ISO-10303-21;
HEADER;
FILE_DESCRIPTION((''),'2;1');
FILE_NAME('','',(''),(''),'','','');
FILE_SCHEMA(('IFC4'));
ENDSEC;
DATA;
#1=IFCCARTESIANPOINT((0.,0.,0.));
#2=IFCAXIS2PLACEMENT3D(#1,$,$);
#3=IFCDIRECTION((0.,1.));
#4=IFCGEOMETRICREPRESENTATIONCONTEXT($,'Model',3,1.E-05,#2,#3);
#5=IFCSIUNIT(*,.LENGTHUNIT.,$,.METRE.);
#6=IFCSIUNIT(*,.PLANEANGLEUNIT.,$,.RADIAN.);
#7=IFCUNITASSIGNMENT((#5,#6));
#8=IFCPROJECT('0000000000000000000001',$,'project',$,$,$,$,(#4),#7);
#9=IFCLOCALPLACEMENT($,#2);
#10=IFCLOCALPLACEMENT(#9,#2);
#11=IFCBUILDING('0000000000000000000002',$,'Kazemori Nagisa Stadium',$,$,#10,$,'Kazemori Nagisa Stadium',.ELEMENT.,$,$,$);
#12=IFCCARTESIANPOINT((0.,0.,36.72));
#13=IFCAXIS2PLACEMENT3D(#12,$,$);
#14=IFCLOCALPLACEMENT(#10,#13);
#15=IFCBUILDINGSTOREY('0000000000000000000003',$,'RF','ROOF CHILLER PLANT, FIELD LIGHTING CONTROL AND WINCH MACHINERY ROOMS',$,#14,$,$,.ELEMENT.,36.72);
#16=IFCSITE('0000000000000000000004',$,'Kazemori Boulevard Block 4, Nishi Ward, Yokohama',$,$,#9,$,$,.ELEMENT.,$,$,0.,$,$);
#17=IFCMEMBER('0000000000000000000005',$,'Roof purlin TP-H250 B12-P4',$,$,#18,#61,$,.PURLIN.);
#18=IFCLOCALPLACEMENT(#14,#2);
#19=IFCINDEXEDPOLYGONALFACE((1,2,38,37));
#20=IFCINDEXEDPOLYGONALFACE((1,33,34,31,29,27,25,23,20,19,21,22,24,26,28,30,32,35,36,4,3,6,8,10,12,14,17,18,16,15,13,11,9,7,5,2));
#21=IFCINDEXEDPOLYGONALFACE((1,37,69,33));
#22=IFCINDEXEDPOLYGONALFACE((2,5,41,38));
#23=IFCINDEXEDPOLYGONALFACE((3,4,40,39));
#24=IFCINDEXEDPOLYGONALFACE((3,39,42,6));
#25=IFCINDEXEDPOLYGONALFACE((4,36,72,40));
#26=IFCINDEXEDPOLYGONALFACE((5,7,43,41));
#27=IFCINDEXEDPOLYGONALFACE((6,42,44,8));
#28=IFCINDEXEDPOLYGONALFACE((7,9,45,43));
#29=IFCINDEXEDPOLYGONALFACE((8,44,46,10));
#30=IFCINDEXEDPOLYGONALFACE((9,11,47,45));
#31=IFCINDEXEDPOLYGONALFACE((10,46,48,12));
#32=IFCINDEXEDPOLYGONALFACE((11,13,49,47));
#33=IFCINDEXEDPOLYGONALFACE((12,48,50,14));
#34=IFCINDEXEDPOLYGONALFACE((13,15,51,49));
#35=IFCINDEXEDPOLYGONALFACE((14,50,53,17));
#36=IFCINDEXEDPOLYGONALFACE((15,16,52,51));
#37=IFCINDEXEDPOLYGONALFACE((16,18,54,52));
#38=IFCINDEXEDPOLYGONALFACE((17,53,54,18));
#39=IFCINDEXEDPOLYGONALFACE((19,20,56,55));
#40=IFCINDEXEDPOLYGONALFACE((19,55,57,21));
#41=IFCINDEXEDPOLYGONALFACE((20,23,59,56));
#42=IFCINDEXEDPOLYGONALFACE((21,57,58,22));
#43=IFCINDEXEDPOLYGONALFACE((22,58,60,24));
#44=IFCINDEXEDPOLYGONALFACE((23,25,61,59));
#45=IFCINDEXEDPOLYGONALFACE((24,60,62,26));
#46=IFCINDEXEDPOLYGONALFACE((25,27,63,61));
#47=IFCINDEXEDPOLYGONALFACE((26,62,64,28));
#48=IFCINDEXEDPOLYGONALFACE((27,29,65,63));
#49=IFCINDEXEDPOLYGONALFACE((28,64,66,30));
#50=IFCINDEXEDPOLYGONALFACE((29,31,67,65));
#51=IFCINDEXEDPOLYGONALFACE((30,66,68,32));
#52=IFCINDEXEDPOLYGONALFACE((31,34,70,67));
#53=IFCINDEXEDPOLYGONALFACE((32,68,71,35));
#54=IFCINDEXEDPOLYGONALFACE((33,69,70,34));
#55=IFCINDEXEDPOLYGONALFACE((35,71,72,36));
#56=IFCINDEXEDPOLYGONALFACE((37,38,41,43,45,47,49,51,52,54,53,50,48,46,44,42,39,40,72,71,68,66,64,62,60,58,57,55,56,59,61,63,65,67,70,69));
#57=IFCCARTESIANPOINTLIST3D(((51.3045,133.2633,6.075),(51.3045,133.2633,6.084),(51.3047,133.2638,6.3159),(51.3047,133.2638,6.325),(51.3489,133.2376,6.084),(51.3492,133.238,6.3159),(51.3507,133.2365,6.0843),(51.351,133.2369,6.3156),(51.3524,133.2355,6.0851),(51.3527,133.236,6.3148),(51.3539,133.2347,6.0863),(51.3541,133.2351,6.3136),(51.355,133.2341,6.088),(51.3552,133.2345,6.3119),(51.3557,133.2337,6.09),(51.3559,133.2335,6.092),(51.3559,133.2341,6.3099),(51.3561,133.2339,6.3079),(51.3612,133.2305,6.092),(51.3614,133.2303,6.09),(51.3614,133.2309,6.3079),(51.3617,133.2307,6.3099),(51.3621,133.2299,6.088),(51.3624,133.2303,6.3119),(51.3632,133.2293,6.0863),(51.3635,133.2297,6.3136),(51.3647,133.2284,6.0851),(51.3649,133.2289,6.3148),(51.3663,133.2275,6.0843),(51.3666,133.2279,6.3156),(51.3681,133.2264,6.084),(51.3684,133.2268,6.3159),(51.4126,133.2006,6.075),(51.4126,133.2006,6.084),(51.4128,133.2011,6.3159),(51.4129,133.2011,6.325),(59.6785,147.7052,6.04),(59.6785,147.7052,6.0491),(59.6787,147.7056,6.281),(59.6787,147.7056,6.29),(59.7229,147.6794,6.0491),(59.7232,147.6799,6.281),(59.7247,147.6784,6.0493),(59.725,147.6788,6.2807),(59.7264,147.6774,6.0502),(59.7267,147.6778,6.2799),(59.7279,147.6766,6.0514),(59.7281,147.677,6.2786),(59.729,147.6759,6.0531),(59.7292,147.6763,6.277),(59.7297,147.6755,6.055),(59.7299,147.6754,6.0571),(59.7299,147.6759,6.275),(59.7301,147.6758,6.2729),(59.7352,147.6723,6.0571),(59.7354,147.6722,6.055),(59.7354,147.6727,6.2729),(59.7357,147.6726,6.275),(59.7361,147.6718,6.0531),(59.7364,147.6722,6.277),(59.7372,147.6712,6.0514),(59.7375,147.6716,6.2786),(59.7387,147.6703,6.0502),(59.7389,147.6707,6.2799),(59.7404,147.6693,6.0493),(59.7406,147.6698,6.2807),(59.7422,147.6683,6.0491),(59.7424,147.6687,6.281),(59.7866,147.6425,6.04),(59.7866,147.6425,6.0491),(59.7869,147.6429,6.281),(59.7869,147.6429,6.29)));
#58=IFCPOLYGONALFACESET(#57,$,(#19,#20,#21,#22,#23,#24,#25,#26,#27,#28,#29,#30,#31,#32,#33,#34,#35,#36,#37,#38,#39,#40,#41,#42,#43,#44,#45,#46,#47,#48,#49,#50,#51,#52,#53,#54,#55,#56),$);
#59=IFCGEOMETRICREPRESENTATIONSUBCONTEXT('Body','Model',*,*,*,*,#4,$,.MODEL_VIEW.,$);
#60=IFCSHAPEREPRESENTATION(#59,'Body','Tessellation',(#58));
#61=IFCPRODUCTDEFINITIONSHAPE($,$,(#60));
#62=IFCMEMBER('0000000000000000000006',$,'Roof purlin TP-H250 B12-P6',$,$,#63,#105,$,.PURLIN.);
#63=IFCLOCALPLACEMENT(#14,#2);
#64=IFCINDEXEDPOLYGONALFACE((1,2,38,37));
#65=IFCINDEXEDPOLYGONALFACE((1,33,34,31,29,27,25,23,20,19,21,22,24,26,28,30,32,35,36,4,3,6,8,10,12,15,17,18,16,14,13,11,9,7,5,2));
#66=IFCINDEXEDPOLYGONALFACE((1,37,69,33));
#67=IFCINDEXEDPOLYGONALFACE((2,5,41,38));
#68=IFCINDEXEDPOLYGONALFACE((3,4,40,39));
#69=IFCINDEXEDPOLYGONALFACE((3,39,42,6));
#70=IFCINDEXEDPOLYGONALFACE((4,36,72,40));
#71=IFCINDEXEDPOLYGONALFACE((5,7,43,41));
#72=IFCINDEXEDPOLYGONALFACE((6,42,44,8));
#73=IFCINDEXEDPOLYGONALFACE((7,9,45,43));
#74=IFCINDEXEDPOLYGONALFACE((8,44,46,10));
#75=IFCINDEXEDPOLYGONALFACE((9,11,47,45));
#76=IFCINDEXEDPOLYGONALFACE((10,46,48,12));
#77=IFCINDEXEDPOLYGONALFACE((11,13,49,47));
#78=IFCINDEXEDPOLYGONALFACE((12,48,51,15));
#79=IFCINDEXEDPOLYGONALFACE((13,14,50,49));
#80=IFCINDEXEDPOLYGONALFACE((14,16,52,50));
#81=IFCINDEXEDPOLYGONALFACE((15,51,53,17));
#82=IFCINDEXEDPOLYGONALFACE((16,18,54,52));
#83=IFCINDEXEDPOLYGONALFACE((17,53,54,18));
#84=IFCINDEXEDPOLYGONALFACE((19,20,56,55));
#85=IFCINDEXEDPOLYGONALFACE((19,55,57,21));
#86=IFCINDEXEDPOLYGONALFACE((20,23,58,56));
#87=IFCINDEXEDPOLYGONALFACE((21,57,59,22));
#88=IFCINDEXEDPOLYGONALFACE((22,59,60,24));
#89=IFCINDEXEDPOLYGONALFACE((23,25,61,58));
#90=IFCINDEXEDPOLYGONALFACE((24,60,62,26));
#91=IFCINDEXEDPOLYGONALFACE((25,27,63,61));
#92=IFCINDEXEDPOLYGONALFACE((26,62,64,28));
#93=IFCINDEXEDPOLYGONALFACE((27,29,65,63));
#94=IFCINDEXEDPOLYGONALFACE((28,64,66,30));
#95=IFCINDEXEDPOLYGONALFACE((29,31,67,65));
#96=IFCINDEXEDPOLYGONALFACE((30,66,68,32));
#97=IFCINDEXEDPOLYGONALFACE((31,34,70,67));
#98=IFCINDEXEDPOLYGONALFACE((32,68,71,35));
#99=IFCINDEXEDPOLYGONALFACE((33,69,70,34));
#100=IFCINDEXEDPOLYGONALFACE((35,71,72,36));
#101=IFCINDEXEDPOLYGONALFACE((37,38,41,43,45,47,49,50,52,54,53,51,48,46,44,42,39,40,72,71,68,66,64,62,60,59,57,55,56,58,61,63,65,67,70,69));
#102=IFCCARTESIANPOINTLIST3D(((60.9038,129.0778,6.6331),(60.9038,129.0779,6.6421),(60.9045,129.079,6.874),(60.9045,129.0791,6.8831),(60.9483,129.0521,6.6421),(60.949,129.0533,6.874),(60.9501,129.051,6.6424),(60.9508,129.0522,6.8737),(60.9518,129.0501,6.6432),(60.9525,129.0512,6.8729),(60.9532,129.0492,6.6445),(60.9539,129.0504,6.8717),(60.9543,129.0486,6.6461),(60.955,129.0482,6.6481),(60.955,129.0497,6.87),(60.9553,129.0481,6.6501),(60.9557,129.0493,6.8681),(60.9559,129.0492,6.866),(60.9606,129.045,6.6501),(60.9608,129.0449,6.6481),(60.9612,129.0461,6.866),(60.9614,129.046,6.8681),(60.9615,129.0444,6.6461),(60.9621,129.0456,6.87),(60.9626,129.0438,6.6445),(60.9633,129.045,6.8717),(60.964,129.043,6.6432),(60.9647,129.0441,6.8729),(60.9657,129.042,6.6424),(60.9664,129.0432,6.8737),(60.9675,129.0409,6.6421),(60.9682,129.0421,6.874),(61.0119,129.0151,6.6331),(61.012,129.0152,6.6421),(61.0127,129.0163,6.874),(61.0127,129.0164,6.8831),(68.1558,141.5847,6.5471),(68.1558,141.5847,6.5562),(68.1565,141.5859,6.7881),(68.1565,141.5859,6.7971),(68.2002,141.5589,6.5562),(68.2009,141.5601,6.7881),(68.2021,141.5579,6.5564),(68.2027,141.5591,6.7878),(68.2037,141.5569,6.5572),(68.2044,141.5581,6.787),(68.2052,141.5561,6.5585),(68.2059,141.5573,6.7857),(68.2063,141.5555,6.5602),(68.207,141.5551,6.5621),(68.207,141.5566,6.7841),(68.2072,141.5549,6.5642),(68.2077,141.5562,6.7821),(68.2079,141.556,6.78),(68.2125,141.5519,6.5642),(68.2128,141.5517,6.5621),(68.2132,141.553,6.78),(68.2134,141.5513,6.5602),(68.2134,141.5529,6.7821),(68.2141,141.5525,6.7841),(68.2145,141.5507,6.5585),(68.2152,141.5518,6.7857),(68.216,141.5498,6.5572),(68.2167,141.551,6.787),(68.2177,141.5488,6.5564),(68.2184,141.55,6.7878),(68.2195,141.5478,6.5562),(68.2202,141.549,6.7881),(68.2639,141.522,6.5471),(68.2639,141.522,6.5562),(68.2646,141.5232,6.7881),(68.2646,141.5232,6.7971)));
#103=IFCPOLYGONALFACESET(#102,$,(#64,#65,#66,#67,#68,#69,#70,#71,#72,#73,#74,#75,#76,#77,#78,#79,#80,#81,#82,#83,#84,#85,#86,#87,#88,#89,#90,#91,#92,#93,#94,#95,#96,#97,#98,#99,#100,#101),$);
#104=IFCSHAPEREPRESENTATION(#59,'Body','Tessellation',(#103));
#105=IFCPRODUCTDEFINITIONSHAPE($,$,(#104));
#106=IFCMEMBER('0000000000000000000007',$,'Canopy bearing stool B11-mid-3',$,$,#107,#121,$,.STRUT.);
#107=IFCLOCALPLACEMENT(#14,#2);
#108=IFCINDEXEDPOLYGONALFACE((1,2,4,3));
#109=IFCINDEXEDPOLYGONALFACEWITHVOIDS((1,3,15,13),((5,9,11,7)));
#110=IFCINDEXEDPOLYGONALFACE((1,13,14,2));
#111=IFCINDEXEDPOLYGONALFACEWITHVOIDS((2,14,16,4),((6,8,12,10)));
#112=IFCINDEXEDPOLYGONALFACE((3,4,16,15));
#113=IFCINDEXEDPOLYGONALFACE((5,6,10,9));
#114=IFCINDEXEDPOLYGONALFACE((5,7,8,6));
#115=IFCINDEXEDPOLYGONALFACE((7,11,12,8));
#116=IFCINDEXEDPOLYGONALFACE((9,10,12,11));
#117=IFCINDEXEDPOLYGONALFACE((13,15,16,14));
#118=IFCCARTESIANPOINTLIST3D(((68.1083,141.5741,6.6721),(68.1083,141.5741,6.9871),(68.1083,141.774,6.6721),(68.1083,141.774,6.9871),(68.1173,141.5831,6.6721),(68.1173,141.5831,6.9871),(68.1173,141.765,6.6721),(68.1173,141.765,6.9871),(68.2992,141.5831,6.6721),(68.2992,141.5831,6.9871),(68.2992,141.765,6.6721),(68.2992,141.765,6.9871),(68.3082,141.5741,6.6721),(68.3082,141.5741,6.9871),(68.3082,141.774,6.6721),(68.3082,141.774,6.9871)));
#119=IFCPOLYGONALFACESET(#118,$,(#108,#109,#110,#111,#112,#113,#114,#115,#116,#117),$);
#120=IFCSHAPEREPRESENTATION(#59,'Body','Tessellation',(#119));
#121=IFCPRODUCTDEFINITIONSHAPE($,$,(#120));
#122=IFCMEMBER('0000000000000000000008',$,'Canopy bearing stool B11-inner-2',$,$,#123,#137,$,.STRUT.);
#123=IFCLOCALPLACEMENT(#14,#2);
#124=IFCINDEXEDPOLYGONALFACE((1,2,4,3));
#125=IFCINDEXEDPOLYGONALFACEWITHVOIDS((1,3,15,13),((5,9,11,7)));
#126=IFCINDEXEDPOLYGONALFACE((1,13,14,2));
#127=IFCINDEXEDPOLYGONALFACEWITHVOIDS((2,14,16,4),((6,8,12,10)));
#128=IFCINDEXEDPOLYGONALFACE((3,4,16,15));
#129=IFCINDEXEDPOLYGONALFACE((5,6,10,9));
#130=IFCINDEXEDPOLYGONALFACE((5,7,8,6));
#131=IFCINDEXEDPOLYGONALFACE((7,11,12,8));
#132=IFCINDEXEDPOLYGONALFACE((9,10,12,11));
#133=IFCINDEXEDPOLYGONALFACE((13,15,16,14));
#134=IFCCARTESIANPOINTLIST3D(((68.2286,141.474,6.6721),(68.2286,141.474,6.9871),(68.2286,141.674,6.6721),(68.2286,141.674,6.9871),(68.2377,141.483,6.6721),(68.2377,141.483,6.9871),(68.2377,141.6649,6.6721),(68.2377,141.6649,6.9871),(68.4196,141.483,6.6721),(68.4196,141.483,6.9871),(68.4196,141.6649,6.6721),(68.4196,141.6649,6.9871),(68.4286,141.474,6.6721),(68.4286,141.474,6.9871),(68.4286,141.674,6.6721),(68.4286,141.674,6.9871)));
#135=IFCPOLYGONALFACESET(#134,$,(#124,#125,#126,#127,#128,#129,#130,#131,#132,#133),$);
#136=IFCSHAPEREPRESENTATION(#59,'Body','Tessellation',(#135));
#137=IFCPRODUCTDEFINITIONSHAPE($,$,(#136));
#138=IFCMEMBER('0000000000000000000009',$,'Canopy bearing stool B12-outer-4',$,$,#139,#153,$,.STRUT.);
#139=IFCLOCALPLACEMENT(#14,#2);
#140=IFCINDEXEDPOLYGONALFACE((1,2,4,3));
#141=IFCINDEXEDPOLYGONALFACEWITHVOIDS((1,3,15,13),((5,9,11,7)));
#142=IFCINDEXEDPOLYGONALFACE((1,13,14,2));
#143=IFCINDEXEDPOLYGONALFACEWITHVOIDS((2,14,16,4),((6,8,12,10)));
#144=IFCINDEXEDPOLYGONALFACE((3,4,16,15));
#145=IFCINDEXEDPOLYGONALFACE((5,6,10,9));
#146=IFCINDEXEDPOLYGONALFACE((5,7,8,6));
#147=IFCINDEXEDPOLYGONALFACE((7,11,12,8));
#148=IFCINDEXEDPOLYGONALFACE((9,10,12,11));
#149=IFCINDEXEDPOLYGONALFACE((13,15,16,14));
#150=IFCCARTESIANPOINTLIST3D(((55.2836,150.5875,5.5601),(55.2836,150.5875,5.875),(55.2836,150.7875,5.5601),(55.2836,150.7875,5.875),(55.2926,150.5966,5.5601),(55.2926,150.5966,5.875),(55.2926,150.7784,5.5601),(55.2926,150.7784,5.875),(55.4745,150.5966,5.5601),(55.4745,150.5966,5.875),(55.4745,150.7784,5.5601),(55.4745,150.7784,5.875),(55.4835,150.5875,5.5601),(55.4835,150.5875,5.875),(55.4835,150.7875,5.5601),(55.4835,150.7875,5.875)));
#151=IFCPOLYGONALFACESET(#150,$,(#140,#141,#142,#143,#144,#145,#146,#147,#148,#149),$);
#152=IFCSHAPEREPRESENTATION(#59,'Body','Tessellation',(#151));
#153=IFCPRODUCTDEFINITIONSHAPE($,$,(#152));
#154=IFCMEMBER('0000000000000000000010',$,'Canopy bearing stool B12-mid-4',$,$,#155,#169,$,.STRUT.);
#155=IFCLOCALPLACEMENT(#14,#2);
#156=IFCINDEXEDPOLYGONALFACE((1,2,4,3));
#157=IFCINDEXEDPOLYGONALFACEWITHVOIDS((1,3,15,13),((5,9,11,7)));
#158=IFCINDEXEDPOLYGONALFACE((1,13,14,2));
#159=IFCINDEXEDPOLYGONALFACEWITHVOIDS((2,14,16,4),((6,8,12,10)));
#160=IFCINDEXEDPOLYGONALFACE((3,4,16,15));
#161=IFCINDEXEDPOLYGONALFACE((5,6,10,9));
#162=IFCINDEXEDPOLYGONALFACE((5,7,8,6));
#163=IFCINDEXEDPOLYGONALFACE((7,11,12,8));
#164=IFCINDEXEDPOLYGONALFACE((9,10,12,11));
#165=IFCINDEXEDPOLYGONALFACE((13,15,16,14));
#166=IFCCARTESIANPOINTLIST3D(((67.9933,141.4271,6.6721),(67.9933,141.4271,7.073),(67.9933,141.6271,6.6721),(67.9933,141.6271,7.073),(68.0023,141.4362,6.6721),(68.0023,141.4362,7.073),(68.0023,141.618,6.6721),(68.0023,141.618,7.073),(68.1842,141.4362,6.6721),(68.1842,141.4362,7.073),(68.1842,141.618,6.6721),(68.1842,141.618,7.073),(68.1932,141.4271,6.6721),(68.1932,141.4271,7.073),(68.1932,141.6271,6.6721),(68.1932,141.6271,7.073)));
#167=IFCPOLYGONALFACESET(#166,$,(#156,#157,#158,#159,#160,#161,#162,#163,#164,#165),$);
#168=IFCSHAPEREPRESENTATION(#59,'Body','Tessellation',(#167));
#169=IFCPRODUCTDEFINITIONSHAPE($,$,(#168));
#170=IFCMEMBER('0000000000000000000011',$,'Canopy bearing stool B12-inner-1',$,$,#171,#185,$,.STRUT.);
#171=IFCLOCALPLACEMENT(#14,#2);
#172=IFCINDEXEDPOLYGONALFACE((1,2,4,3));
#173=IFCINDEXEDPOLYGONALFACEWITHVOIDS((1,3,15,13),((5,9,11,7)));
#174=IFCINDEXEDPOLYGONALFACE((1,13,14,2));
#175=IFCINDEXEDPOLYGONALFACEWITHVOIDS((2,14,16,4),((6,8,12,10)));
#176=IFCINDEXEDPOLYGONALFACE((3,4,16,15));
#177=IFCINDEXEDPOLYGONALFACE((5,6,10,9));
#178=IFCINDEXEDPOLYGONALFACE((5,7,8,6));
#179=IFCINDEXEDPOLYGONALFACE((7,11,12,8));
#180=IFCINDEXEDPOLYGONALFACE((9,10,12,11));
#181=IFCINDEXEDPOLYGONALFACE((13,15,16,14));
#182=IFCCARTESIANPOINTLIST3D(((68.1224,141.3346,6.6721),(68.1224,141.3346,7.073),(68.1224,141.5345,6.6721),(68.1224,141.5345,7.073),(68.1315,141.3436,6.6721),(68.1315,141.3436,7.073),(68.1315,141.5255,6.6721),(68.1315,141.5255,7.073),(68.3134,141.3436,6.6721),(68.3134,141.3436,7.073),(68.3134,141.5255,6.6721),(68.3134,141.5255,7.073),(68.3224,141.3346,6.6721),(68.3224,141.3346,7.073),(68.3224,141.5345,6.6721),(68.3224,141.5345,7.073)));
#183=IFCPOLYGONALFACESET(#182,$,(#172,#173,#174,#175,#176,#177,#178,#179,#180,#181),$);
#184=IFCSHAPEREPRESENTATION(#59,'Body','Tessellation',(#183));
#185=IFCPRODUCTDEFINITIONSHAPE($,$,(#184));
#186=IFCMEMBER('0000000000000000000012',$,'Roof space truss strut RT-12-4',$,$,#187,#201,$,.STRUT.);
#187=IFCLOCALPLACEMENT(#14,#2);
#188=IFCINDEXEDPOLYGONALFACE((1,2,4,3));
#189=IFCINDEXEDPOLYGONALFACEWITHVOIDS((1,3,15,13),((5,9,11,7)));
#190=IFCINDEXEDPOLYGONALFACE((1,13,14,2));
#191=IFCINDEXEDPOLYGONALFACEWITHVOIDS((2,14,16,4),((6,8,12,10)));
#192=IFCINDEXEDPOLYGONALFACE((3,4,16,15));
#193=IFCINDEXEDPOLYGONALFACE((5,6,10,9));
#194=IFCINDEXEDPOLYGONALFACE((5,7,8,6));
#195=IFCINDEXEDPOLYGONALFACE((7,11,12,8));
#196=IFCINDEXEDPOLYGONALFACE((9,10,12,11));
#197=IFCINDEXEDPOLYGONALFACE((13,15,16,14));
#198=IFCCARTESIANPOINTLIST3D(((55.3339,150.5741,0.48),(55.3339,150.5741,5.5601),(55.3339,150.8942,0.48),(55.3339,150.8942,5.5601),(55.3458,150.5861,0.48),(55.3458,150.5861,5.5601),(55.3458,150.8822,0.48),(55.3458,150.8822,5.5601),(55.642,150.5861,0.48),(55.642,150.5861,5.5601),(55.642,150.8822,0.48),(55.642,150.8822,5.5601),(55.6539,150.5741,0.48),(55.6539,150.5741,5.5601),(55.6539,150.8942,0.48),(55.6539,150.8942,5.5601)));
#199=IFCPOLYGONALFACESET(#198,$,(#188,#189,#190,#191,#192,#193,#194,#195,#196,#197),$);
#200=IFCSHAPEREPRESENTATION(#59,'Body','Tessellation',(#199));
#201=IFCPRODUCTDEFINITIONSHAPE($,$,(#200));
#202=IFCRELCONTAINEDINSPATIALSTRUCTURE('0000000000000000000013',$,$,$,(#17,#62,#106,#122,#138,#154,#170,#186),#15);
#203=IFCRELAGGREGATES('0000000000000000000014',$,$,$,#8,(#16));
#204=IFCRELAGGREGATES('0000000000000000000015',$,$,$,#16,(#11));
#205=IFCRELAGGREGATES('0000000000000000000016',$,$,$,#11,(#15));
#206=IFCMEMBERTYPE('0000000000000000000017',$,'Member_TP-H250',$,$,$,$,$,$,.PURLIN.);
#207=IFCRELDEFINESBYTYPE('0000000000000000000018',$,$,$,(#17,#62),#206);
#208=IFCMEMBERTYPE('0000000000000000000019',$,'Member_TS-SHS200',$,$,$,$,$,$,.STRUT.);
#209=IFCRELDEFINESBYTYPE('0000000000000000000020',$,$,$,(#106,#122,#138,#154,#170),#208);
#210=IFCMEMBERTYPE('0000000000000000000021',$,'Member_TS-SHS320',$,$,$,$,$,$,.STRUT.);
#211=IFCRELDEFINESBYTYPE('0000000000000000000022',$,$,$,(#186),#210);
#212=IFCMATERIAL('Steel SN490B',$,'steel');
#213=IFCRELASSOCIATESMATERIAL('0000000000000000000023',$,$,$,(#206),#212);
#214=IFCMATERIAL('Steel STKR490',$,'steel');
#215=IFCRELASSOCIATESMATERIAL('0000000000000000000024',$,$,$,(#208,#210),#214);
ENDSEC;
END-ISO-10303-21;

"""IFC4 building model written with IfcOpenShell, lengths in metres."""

from ifc_helpers import new_model, si_unit, direction, frame, origin, origin_2d, place, context, subcontext, project, spatial, hollow_rectangle, i_section, extrude, material, material_profile, profile_set, type_object, element, save


model = new_model("IFC4")

# Units and contexts
model_context = context("Model", 3, precision=1e-05, world=origin(), true_north=direction((0.0, 1.0)))
body_context = subcontext(model_context, "Body", "Model", "MODEL_VIEW")
ifc_project = project(units=[si_unit("LENGTHUNIT", "METRE"), si_unit("PLANEANGLEUNIT", "RADIAN")], contexts=[model_context])

# Site, building, storey
site_placement = place(None, origin())
site = spatial("IfcSite", under=ifc_project, at=site_placement, Name="Kazemori Boulevard Block 4, Nishi Ward, Yokohama", CompositionType="ELEMENT", RefElevation=0.0)
building_placement = place(site_placement, origin())
building = spatial("IfcBuilding", under=site, at=building_placement, Name="Kazemori Nagisa Stadium", LongName="Kazemori Nagisa Stadium", CompositionType="ELEMENT")
storey_placement = place(building_placement, frame((0.0, 0.0, 36.72)))
storey = spatial("IfcBuildingStorey", under=building, at=storey_placement, Name="RF", Description="ROOF CHILLER PLANT, FIELD LIGHTING CONTROL AND WINCH MACHINERY ROOMS", CompositionType="ELEMENT", Elevation=36.72)

# Shared definitions
ifc_material_1 = material(Name="Steel SN490B", Category="steel")

# Members
ifc_material_2 = material(Name="Steel STKR490", Category="steel")
ifc_material_profile_1 = material_profile(ifc_material_1, i_section(OverallWidth=0.125, OverallDepth=0.25, WebThickness=0.0061, FlangeThickness=0.009, FilletRadius=0.0081, at=origin_2d()), Name="H-250x125x6x9")
ifc_profile_set_1 = profile_set([ifc_material_profile_1], Name="Steel SN490B")
member_type_1 = type_object("IfcMemberType", Name="Member_TP-H250", PredefinedType="PURLIN", material=ifc_profile_set_1)
member_1_placement = place(storey_placement, frame((59.7327, 147.6741, 6.165), z_axis=(-0.501615, -0.865088, 0.002091), x_axis=(0.86509, -0.501616, 0.0)))
element("IfcMember", 1, at=member_1_placement, inside=storey, type_object=member_type_1, Name="Roof purlin TP-H250 B12-P4", PredefinedType="PURLIN", context=body_context, shape_type="SweptSolid", body=[
    extrude(i_section(OverallWidth=0.125, OverallDepth=0.25, WebThickness=0.0061, FlangeThickness=0.009, FilletRadius=0.0081, at=origin_2d()), origin(), (0.0, 0.0, 1.0), 16.6941),
])
member_2_placement = place(storey_placement, frame((68.2102, 141.554, 6.6721), z_axis=(-0.501605, -0.865076, 0.005944), x_axis=(0.865092, -0.501614, 0.0)))
element("IfcMember", 2, at=member_2_placement, inside=storey, type_object=member_type_1, Name="Roof purlin TP-H250 B12-P6", PredefinedType="PURLIN", context=body_context, shape_type="SweptSolid", body=[
    extrude(i_section(OverallWidth=0.125, OverallDepth=0.25, WebThickness=0.0061, FlangeThickness=0.009, FilletRadius=0.0081, at=origin_2d()), origin(), (0.0, 0.0, 1.0), 14.4575),
])
ifc_material_profile_2 = material_profile(ifc_material_2, hollow_rectangle(XDim=0.2, YDim=0.2, WallThickness=0.009, at=origin_2d()), Name="SHS-200x200x9")
ifc_profile_set_2 = profile_set([ifc_material_profile_2], Name="Steel STKR490")
member_type_2 = type_object("IfcMemberType", Name="Member_TS-SHS200", PredefinedType="STRUT", material=ifc_profile_set_2)
for number, where, z_axis, x_axis, name in (
    (3, (68.2083, 141.6741, 6.6721), (0.0, 0.0, 1.0), (1.0, 0.0, 0.0), "Canopy bearing stool B11-mid-3"),
    (4, (68.3286, 141.574, 6.6721), (0.0, 0.0, 1.0), (1.0, 0.0, 0.0), "Canopy bearing stool B11-inner-2"),
    (5, (55.3835, 150.6875, 5.5601), (0.0, 0.0, 1.0), (1.0, 0.0, 0.0), "Canopy bearing stool B12-outer-4"),
):
    element("IfcMember", number, at=place(storey_placement, frame(where, z_axis=z_axis, x_axis=x_axis)), inside=storey, type_object=member_type_2, Name=name, PredefinedType="STRUT", context=body_context, shape_type="SweptSolid", body=[
        extrude(hollow_rectangle(XDim=0.2, YDim=0.2, WallThickness=0.009, at=origin_2d()), origin(), (0.0, 0.0, 1.0), 0.3149),
    ])
for number, where, z_axis, x_axis, name in (
    (6, (68.0933, 141.5271, 6.6721), (0.0, 0.0, 1.0), (1.0, 0.0, 0.0), "Canopy bearing stool B12-mid-4"),
    (7, (68.2224, 141.4346, 6.6721), (0.0, 0.0, 1.0), (1.0, 0.0, 0.0), "Canopy bearing stool B12-inner-1"),
):
    element("IfcMember", number, at=place(storey_placement, frame(where, z_axis=z_axis, x_axis=x_axis)), inside=storey, type_object=member_type_2, Name=name, PredefinedType="STRUT", context=body_context, shape_type="SweptSolid", body=[
        extrude(hollow_rectangle(XDim=0.2, YDim=0.2, WallThickness=0.009, at=origin_2d()), origin(), (0.0, 0.0, 1.0), 0.4009),
    ])
ifc_material_profile_3 = material_profile(ifc_material_2, hollow_rectangle(XDim=0.3201, YDim=0.3201, WallThickness=0.012, at=origin_2d()), Name="SHS-320x320x12")
ifc_profile_set_3 = profile_set([ifc_material_profile_3], Name="Steel STKR490")
member_type_3 = type_object("IfcMemberType", Name="Member_TS-SHS320", PredefinedType="STRUT", material=ifc_profile_set_3)
member_3_placement = place(storey_placement, frame((55.4939, 150.7341, 0.48), z_axis=(0.0, 0.0, 1.0), x_axis=(1.0, 0.0, 0.0)))
element("IfcMember", 8, at=member_3_placement, inside=storey, type_object=member_type_3, Name="Roof space truss strut RT-12-4", PredefinedType="STRUT", context=body_context, shape_type="SweptSolid", body=[
    extrude(hollow_rectangle(XDim=0.3201, YDim=0.3201, WallThickness=0.012, at=origin_2d()), origin(), (0.0, 0.0, 1.0), 5.0801),
])

save(model, "model.ifc")
